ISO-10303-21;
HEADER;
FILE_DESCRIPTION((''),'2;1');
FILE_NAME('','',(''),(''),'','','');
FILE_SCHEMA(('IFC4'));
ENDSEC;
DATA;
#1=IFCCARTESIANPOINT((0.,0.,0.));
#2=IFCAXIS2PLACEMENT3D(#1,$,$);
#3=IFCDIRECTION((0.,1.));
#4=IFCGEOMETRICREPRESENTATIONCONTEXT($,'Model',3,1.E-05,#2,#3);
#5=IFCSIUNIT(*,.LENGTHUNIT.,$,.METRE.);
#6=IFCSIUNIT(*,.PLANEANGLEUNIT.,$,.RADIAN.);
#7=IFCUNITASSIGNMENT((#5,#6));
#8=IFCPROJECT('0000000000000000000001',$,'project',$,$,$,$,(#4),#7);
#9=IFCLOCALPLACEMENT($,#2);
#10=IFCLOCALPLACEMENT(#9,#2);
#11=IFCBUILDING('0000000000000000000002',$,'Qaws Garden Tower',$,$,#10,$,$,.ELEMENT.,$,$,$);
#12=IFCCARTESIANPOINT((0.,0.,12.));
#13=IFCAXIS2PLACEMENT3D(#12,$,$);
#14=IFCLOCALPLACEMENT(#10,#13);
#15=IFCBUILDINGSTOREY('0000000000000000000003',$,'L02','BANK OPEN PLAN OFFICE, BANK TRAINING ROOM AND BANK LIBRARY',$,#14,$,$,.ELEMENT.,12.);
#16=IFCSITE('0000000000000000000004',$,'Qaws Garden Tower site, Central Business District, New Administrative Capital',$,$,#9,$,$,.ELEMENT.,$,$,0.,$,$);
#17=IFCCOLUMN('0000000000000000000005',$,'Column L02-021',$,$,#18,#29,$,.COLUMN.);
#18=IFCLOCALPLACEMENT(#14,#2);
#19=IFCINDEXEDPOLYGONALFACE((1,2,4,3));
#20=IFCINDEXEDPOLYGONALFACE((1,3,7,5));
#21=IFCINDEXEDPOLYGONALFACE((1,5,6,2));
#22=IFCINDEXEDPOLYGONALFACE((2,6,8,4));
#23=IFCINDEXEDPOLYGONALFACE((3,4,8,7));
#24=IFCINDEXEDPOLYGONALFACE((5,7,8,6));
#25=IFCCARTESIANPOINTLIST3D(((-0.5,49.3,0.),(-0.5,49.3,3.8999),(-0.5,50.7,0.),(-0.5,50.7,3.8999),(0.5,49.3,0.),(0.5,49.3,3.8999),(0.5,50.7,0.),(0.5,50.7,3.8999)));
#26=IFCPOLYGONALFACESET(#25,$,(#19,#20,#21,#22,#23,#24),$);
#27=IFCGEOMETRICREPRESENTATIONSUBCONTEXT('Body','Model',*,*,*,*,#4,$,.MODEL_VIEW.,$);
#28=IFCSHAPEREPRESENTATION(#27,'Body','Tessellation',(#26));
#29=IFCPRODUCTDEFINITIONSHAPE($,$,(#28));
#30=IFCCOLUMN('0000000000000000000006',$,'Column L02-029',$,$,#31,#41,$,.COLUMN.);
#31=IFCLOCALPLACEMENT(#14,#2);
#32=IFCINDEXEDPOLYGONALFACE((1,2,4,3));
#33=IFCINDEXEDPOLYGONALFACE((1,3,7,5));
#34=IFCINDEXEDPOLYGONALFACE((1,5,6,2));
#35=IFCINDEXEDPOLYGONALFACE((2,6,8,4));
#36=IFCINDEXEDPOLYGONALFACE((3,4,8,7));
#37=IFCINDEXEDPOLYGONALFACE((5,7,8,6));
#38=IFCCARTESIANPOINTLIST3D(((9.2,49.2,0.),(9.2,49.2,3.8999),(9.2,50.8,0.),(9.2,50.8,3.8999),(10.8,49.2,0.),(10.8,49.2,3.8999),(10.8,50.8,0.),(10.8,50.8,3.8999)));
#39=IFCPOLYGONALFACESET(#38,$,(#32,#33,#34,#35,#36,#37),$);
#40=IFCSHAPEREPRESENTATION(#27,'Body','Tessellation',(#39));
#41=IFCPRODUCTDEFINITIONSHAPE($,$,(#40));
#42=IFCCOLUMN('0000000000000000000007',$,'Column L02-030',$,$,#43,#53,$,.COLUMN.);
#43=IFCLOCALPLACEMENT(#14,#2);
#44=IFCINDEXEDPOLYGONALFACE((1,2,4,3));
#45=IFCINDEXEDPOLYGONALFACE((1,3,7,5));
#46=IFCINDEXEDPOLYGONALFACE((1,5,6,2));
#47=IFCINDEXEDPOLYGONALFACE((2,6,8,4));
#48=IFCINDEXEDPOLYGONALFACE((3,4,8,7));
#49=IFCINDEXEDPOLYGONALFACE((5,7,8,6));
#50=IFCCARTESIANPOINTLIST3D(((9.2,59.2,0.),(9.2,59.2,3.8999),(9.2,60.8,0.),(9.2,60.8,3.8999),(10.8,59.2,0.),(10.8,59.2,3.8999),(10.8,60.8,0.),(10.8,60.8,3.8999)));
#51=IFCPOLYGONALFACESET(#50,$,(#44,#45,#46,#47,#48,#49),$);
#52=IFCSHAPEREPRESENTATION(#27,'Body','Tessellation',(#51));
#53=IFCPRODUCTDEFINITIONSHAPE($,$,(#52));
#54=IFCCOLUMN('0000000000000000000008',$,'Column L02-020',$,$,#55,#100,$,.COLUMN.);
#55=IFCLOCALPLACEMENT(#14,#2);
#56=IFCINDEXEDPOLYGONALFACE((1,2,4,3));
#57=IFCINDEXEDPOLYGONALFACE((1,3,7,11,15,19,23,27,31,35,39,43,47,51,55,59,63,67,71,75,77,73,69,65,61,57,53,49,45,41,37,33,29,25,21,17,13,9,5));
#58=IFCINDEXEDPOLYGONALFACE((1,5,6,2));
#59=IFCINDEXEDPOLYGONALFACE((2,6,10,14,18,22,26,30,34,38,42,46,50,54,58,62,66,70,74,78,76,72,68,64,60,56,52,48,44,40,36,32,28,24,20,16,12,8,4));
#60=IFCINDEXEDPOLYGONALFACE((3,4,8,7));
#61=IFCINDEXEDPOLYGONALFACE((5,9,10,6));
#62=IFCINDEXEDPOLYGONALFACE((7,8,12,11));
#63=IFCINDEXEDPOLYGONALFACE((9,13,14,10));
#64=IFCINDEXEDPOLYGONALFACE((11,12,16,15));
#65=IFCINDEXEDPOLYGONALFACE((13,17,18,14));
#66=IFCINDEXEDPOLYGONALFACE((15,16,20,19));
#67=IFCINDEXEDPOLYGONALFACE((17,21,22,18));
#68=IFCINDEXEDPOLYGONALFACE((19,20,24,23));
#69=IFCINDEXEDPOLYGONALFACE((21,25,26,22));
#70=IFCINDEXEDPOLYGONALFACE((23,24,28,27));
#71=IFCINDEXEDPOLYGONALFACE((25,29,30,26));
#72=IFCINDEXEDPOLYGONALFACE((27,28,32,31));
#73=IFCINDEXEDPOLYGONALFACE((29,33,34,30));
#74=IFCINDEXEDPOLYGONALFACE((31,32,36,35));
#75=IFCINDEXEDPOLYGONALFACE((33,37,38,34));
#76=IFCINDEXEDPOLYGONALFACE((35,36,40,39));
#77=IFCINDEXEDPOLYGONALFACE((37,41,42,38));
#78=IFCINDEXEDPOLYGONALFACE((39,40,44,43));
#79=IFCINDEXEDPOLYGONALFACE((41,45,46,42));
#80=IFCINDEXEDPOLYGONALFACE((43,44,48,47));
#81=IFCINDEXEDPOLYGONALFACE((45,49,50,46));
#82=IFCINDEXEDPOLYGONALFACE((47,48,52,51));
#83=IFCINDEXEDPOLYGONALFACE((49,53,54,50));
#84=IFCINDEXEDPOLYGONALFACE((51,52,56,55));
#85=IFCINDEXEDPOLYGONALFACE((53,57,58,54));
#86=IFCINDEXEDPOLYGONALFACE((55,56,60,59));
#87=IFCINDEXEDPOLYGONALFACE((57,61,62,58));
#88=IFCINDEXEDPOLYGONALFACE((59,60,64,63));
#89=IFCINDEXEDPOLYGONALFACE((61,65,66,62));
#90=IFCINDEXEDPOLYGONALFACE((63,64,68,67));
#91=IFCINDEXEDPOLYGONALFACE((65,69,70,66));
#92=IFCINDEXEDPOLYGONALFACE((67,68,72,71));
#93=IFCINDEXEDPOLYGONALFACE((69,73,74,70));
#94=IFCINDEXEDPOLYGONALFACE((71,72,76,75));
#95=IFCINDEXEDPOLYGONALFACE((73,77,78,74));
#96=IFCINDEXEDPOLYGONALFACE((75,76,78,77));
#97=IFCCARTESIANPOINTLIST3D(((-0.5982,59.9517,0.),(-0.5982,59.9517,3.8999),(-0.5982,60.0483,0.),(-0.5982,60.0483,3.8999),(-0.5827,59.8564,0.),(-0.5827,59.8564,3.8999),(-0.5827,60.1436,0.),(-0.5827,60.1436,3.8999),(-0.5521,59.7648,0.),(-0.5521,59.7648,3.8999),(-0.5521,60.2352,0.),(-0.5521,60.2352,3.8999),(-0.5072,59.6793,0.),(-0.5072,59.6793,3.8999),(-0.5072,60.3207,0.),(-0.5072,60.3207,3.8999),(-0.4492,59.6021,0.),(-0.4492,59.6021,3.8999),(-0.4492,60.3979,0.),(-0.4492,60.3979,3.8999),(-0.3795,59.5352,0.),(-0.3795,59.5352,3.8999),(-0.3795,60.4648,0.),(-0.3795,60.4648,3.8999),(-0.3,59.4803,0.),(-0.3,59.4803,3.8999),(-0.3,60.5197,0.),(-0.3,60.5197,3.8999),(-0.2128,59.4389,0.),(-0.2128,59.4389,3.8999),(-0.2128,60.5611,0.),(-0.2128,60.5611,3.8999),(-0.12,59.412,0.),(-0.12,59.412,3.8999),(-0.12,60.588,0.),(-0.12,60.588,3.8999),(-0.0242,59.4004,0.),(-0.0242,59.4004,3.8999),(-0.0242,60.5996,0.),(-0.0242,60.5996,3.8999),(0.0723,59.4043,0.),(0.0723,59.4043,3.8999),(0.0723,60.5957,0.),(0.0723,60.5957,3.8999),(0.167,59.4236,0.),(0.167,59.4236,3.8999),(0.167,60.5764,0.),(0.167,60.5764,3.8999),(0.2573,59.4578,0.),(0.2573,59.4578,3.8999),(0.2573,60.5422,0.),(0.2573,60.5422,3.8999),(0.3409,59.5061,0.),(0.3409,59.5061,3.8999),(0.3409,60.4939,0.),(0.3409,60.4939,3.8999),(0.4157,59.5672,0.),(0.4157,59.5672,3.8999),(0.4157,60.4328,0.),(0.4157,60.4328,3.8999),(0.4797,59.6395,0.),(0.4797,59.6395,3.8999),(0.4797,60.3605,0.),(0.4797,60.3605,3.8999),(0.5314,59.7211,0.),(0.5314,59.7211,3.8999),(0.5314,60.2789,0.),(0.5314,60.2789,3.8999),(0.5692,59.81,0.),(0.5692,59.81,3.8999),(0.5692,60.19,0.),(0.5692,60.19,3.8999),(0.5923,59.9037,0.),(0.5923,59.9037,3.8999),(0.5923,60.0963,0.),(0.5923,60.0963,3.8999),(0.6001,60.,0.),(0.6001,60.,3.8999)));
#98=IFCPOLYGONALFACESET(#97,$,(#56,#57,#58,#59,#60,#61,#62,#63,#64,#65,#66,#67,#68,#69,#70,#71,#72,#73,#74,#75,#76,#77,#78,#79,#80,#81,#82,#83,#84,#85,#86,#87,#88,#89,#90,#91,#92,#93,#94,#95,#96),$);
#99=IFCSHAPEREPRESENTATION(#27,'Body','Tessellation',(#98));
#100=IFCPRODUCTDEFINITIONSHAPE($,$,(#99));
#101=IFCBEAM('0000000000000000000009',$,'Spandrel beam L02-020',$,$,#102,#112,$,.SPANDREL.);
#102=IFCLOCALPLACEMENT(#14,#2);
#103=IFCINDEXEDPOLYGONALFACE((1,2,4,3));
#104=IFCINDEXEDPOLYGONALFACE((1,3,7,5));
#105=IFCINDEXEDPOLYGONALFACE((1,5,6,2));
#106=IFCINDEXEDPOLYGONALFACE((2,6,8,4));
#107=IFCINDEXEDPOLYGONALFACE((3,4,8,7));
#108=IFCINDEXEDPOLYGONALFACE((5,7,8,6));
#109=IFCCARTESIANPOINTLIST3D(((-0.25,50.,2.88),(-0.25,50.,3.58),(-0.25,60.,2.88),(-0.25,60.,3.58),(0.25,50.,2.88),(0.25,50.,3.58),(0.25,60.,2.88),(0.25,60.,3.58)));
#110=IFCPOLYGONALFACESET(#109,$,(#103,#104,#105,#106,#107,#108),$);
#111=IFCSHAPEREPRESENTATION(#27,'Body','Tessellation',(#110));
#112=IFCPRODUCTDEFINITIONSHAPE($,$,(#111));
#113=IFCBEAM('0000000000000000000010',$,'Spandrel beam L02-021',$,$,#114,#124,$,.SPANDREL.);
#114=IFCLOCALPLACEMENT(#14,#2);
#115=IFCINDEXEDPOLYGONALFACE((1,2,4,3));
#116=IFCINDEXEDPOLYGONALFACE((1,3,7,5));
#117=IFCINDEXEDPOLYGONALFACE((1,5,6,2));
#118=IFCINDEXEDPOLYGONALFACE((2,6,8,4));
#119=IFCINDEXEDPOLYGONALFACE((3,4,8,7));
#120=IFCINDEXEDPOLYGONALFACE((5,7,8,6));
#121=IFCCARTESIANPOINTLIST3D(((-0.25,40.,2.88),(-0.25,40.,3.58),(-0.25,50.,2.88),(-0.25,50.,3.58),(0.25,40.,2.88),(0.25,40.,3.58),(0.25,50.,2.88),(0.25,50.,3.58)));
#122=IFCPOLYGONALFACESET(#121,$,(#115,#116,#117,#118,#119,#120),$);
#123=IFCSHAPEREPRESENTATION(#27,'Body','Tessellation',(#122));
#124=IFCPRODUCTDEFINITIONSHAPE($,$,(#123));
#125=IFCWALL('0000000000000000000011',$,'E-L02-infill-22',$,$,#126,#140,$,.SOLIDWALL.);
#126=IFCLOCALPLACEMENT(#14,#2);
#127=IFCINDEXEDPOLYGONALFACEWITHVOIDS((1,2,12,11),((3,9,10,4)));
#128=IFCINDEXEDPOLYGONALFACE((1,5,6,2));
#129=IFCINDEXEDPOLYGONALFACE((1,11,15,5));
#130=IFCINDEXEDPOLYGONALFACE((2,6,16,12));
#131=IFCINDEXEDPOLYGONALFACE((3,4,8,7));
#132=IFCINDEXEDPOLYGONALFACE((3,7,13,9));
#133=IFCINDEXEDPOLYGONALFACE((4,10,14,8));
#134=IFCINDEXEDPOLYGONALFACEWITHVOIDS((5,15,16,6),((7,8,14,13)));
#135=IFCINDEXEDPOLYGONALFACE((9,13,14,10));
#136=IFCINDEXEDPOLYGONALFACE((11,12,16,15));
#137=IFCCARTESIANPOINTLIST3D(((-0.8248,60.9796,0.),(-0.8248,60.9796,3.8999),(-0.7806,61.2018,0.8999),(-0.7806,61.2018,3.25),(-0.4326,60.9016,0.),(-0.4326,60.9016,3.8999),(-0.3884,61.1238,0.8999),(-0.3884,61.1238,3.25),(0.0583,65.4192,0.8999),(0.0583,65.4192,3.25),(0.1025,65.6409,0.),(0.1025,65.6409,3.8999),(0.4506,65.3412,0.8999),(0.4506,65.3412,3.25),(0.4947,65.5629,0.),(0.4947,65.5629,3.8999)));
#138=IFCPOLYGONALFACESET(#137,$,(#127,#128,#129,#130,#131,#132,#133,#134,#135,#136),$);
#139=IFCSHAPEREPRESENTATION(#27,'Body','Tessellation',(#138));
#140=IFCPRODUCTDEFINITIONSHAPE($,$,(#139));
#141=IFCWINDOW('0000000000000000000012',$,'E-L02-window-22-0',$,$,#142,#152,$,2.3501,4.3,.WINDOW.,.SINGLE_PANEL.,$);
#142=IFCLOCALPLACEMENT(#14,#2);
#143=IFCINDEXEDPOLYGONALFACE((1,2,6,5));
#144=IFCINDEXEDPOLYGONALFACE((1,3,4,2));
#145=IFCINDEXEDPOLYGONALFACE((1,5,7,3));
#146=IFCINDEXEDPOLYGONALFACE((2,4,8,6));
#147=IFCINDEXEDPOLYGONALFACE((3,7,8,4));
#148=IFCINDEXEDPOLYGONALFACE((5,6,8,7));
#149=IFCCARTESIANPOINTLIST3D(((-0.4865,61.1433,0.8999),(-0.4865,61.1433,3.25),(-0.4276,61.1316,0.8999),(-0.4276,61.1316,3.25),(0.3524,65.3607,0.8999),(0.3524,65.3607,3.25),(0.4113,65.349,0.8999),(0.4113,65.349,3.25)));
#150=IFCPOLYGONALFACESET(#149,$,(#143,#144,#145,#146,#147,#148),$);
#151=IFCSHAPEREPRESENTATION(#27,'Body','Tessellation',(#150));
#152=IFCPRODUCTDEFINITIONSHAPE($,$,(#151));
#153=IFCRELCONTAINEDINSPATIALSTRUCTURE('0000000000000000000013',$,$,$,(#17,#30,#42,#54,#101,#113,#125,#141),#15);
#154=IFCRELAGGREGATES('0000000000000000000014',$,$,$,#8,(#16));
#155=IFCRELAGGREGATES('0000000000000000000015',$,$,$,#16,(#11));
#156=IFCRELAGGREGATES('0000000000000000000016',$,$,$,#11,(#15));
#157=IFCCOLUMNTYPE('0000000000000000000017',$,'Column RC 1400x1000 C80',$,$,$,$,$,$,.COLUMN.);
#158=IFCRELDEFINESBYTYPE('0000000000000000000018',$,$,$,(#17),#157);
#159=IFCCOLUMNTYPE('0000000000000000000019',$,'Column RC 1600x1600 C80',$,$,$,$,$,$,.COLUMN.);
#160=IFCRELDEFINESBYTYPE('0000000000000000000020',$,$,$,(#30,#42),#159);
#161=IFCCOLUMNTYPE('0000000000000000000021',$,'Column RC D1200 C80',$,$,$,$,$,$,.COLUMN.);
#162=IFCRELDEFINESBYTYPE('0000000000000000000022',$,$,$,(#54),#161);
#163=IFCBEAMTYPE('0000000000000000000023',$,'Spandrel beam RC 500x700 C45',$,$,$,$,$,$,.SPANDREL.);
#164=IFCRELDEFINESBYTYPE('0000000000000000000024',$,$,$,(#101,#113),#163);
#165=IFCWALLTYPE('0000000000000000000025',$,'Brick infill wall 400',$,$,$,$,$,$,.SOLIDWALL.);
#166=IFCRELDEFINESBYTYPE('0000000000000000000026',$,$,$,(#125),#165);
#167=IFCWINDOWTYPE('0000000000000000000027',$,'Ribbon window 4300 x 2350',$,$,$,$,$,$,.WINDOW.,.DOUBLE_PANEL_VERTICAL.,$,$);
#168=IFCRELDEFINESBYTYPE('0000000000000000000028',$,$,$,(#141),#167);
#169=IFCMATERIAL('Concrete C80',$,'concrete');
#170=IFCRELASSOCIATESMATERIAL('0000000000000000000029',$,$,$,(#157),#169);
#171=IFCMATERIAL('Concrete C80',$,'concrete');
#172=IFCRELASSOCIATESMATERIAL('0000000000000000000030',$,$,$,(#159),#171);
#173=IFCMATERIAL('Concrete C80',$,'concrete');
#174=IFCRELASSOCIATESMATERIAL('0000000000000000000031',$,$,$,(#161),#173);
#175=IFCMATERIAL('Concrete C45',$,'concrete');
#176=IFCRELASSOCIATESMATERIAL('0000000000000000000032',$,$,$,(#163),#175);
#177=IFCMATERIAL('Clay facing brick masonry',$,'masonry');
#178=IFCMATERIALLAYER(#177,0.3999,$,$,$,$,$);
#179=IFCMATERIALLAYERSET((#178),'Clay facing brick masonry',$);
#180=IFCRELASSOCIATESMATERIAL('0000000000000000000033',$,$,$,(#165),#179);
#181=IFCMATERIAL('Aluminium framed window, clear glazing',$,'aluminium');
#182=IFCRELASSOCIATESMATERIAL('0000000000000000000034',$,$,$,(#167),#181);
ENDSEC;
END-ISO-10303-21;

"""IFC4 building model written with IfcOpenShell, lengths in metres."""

from ifc_helpers import new_model, si_unit, direction, frame, frame_2d, origin, origin_2d, place, context, subcontext, project, spatial, rectangle, circle, extrude, material, layer, layer_set, material_profile, profile_set, type_object, element, fill, save


model = new_model("IFC4")

# Units and contexts
model_context = context("Model", 3, precision=1e-05, world=origin(), true_north=direction((0.0, 1.0)))
body_context = subcontext(model_context, "Body", "Model", "MODEL_VIEW")
ifc_project = project(units=[si_unit("LENGTHUNIT", "METRE"), si_unit("PLANEANGLEUNIT", "RADIAN")], contexts=[model_context])

# Site, building, storey
site_placement = place(None, origin())
site = spatial("IfcSite", under=ifc_project, at=site_placement, Name="Qaws Garden Tower site, Central Business District, New Administrative Capital", CompositionType="ELEMENT", RefElevation=0.0)
building_placement = place(site_placement, origin())
building = spatial("IfcBuilding", under=site, at=building_placement, Name="Qaws Garden Tower", CompositionType="ELEMENT")
storey_placement = place(building_placement, frame((0.0, 0.0, 12.0)))
storey = spatial("IfcBuildingStorey", under=building, at=storey_placement, Name="L02", Description="BANK OPEN PLAN OFFICE, BANK TRAINING ROOM AND BANK LIBRARY", CompositionType="ELEMENT", Elevation=12.0)

# Columns
ifc_material_1 = material(Name="Concrete C80", Category="concrete")
ifc_material_profile_1 = material_profile(ifc_material_1, rectangle(XDim=1.3999, YDim=1.0, at=origin_2d()), Name="RC 1400x1000")
ifc_profile_set_1 = profile_set([ifc_material_profile_1], Name="Concrete C80")
column_type_1 = type_object("IfcColumnType", Name="Column RC 1400x1000 C80", PredefinedType="COLUMN", material=ifc_profile_set_1)
column_1_placement = place(storey_placement, frame((0.0, 50.0, 0.0), z_axis=(0.0, 0.0, 1.0), x_axis=(0.0, 1.0, 0.0)))
element("IfcColumn", 1, at=column_1_placement, inside=storey, type_object=column_type_1, Name="Column L02-021", PredefinedType="COLUMN", context=body_context, shape_type="SweptSolid", body=[
    extrude(rectangle(XDim=1.3999, YDim=1.0, at=origin_2d()), origin(), (0.0, 0.0, 1.0), 3.8999),
])
ifc_material_2 = material(Name="Concrete C80", Category="concrete")
ifc_material_profile_2 = material_profile(ifc_material_2, rectangle(XDim=1.6001, YDim=1.6001, at=origin_2d()), Name="RC 1600x1600")
ifc_profile_set_2 = profile_set([ifc_material_profile_2], Name="Concrete C80")
column_type_2 = type_object("IfcColumnType", Name="Column RC 1600x1600 C80", PredefinedType="COLUMN", material=ifc_profile_set_2)
for number, where, z_axis, x_axis, name in (
    (2, (10.0, 50.0, 0.0), (0.0, 0.0, 1.0), (1.0, 0.0, 0.0), "Column L02-029"),
    (3, (10.0, 60.0, 0.0), (0.0, 0.0, 1.0), (1.0, 0.0, 0.0), "Column L02-030"),
):
    element("IfcColumn", number, at=place(storey_placement, frame(where, z_axis=z_axis, x_axis=x_axis)), inside=storey, type_object=column_type_2, Name=name, PredefinedType="COLUMN", context=body_context, shape_type="SweptSolid", body=[
        extrude(rectangle(XDim=1.6001, YDim=1.6001, at=origin_2d()), origin(), (0.0, 0.0, 1.0), 3.8999),
    ])
ifc_material_3 = material(Name="Concrete C80", Category="concrete")
ifc_material_profile_3 = material_profile(ifc_material_3, circle(Radius=0.6001, at=origin_2d()), Name="RC D1200")
ifc_profile_set_3 = profile_set([ifc_material_profile_3], Name="Concrete C80")
column_type_3 = type_object("IfcColumnType", Name="Column RC D1200 C80", PredefinedType="COLUMN", material=ifc_profile_set_3)
column_2_placement = place(storey_placement, frame((0.0, 60.0, 0.0), z_axis=(0.0, 0.0, 1.0), x_axis=(1.0, 0.0, 0.0)))
element("IfcColumn", 4, at=column_2_placement, inside=storey, type_object=column_type_3, Name="Column L02-020", PredefinedType="COLUMN", context=body_context, shape_type="SweptSolid", body=[
    extrude(circle(Radius=0.6001, at=origin_2d()), origin(), (0.0, 0.0, 1.0), 3.8999),
])

# Beams
ifc_material_4 = material(Name="Concrete C45", Category="concrete")
ifc_material_profile_4 = material_profile(ifc_material_4, rectangle(XDim=0.5, YDim=0.7, at=origin_2d()), Name="RC 500x700")
ifc_profile_set_4 = profile_set([ifc_material_profile_4], Name="Concrete C45")
beam_type = type_object("IfcBeamType", Name="Spandrel beam RC 500x700 C45", PredefinedType="SPANDREL", material=ifc_profile_set_4)
for number, where, z_axis, x_axis, name in (
    (5, (0.0, 60.0, 3.23), (0.0, -1.0, 0.0), (1.0, 0.0, 0.0), "Spandrel beam L02-020"),
    (6, (0.0, 50.0, 3.23), (0.0, -1.0, 0.0), (1.0, 0.0, 0.0), "Spandrel beam L02-021"),
):
    element("IfcBeam", number, at=place(storey_placement, frame(where, z_axis=z_axis, x_axis=x_axis)), inside=storey, type_object=beam_type, Name=name, PredefinedType="SPANDREL", context=body_context, shape_type="SweptSolid", body=[
        extrude(rectangle(XDim=0.5, YDim=0.7, at=origin_2d()), origin(), (0.0, 0.0, 1.0), 10.0),
    ])

# Wall, opening, window
ifc_material_5 = material(Name="Clay facing brick masonry", Category="masonry")
ifc_layer_1 = layer(ifc_material_5, 0.3999)
ifc_layer_set_1 = layer_set([ifc_layer_1], Name="Clay facing brick masonry")
wall_type_1 = type_object("IfcWallType", Name="Brick infill wall 400", PredefinedType="SOLIDWALL", material=ifc_layer_set_1)
wall_1_placement = place(storey_placement, frame((0.2986, 65.6021, 0.0), z_axis=(0.0, 0.0, 1.0), x_axis=(-0.195099, -0.980784, 0.0)))
wall_1 = element("IfcWall", 7, at=wall_1_placement, inside=storey, type_object=wall_type_1, Name="E-L02-infill-22", PredefinedType="SOLIDWALL", context=body_context, shape_type="SweptSolid", body=[
    extrude(rectangle(XDim=4.7527, YDim=0.3999, at=frame_2d((2.3765, 0.0))), origin(), (0.0, 0.0, 1.0), 3.8999),
])
opening_1_placement = place(wall_1_placement, frame((0.2263, 0.0, 0.8999)))
opening_1 = element("IfcOpeningElement", 8, at=opening_1_placement, cuts=wall_1, PredefinedType="OPENING", context=body_context, shape_type="SweptSolid", body=[
    extrude(rectangle(XDim=4.3, YDim=2.3501, at=frame_2d((2.1499, 1.175))), frame((0.0, 0.21, 0.0), z_axis=(0.0, -1.0, 0.0), x_axis=(1.0, 0.0, 0.0)), (0.0, 0.0, 1.0), 0.4199),
])
ifc_material_6 = material(Name="Aluminium framed window, clear glazing", Category="aluminium")
window_type_1 = type_object("IfcWindowType", Name="Ribbon window 4300 x 2350", PartitioningType="DOUBLE_PANEL_VERTICAL", PredefinedType="WINDOW", material=ifc_material_6)
window_1_placement = place(opening_1_placement, origin())
window_1 = element("IfcWindow", 9, at=window_1_placement, inside=storey, type_object=window_type_1, Name="E-L02-window-22-0", OverallHeight=2.3501, OverallWidth=4.3, PartitioningType="SINGLE_PANEL", PredefinedType="WINDOW", context=body_context, shape_type="SweptSolid", body=[
    extrude(rectangle(XDim=4.3, YDim=2.3501, at=frame_2d((2.1499, 1.175))), frame((0.0, 0.1599, 0.0), z_axis=(0.0, -1.0, 0.0), x_axis=(1.0, 0.0, 0.0)), (0.0, 0.0, 1.0), 0.0601),
])
fill(opening_1, window_1)

save(model, "model.ifc")
